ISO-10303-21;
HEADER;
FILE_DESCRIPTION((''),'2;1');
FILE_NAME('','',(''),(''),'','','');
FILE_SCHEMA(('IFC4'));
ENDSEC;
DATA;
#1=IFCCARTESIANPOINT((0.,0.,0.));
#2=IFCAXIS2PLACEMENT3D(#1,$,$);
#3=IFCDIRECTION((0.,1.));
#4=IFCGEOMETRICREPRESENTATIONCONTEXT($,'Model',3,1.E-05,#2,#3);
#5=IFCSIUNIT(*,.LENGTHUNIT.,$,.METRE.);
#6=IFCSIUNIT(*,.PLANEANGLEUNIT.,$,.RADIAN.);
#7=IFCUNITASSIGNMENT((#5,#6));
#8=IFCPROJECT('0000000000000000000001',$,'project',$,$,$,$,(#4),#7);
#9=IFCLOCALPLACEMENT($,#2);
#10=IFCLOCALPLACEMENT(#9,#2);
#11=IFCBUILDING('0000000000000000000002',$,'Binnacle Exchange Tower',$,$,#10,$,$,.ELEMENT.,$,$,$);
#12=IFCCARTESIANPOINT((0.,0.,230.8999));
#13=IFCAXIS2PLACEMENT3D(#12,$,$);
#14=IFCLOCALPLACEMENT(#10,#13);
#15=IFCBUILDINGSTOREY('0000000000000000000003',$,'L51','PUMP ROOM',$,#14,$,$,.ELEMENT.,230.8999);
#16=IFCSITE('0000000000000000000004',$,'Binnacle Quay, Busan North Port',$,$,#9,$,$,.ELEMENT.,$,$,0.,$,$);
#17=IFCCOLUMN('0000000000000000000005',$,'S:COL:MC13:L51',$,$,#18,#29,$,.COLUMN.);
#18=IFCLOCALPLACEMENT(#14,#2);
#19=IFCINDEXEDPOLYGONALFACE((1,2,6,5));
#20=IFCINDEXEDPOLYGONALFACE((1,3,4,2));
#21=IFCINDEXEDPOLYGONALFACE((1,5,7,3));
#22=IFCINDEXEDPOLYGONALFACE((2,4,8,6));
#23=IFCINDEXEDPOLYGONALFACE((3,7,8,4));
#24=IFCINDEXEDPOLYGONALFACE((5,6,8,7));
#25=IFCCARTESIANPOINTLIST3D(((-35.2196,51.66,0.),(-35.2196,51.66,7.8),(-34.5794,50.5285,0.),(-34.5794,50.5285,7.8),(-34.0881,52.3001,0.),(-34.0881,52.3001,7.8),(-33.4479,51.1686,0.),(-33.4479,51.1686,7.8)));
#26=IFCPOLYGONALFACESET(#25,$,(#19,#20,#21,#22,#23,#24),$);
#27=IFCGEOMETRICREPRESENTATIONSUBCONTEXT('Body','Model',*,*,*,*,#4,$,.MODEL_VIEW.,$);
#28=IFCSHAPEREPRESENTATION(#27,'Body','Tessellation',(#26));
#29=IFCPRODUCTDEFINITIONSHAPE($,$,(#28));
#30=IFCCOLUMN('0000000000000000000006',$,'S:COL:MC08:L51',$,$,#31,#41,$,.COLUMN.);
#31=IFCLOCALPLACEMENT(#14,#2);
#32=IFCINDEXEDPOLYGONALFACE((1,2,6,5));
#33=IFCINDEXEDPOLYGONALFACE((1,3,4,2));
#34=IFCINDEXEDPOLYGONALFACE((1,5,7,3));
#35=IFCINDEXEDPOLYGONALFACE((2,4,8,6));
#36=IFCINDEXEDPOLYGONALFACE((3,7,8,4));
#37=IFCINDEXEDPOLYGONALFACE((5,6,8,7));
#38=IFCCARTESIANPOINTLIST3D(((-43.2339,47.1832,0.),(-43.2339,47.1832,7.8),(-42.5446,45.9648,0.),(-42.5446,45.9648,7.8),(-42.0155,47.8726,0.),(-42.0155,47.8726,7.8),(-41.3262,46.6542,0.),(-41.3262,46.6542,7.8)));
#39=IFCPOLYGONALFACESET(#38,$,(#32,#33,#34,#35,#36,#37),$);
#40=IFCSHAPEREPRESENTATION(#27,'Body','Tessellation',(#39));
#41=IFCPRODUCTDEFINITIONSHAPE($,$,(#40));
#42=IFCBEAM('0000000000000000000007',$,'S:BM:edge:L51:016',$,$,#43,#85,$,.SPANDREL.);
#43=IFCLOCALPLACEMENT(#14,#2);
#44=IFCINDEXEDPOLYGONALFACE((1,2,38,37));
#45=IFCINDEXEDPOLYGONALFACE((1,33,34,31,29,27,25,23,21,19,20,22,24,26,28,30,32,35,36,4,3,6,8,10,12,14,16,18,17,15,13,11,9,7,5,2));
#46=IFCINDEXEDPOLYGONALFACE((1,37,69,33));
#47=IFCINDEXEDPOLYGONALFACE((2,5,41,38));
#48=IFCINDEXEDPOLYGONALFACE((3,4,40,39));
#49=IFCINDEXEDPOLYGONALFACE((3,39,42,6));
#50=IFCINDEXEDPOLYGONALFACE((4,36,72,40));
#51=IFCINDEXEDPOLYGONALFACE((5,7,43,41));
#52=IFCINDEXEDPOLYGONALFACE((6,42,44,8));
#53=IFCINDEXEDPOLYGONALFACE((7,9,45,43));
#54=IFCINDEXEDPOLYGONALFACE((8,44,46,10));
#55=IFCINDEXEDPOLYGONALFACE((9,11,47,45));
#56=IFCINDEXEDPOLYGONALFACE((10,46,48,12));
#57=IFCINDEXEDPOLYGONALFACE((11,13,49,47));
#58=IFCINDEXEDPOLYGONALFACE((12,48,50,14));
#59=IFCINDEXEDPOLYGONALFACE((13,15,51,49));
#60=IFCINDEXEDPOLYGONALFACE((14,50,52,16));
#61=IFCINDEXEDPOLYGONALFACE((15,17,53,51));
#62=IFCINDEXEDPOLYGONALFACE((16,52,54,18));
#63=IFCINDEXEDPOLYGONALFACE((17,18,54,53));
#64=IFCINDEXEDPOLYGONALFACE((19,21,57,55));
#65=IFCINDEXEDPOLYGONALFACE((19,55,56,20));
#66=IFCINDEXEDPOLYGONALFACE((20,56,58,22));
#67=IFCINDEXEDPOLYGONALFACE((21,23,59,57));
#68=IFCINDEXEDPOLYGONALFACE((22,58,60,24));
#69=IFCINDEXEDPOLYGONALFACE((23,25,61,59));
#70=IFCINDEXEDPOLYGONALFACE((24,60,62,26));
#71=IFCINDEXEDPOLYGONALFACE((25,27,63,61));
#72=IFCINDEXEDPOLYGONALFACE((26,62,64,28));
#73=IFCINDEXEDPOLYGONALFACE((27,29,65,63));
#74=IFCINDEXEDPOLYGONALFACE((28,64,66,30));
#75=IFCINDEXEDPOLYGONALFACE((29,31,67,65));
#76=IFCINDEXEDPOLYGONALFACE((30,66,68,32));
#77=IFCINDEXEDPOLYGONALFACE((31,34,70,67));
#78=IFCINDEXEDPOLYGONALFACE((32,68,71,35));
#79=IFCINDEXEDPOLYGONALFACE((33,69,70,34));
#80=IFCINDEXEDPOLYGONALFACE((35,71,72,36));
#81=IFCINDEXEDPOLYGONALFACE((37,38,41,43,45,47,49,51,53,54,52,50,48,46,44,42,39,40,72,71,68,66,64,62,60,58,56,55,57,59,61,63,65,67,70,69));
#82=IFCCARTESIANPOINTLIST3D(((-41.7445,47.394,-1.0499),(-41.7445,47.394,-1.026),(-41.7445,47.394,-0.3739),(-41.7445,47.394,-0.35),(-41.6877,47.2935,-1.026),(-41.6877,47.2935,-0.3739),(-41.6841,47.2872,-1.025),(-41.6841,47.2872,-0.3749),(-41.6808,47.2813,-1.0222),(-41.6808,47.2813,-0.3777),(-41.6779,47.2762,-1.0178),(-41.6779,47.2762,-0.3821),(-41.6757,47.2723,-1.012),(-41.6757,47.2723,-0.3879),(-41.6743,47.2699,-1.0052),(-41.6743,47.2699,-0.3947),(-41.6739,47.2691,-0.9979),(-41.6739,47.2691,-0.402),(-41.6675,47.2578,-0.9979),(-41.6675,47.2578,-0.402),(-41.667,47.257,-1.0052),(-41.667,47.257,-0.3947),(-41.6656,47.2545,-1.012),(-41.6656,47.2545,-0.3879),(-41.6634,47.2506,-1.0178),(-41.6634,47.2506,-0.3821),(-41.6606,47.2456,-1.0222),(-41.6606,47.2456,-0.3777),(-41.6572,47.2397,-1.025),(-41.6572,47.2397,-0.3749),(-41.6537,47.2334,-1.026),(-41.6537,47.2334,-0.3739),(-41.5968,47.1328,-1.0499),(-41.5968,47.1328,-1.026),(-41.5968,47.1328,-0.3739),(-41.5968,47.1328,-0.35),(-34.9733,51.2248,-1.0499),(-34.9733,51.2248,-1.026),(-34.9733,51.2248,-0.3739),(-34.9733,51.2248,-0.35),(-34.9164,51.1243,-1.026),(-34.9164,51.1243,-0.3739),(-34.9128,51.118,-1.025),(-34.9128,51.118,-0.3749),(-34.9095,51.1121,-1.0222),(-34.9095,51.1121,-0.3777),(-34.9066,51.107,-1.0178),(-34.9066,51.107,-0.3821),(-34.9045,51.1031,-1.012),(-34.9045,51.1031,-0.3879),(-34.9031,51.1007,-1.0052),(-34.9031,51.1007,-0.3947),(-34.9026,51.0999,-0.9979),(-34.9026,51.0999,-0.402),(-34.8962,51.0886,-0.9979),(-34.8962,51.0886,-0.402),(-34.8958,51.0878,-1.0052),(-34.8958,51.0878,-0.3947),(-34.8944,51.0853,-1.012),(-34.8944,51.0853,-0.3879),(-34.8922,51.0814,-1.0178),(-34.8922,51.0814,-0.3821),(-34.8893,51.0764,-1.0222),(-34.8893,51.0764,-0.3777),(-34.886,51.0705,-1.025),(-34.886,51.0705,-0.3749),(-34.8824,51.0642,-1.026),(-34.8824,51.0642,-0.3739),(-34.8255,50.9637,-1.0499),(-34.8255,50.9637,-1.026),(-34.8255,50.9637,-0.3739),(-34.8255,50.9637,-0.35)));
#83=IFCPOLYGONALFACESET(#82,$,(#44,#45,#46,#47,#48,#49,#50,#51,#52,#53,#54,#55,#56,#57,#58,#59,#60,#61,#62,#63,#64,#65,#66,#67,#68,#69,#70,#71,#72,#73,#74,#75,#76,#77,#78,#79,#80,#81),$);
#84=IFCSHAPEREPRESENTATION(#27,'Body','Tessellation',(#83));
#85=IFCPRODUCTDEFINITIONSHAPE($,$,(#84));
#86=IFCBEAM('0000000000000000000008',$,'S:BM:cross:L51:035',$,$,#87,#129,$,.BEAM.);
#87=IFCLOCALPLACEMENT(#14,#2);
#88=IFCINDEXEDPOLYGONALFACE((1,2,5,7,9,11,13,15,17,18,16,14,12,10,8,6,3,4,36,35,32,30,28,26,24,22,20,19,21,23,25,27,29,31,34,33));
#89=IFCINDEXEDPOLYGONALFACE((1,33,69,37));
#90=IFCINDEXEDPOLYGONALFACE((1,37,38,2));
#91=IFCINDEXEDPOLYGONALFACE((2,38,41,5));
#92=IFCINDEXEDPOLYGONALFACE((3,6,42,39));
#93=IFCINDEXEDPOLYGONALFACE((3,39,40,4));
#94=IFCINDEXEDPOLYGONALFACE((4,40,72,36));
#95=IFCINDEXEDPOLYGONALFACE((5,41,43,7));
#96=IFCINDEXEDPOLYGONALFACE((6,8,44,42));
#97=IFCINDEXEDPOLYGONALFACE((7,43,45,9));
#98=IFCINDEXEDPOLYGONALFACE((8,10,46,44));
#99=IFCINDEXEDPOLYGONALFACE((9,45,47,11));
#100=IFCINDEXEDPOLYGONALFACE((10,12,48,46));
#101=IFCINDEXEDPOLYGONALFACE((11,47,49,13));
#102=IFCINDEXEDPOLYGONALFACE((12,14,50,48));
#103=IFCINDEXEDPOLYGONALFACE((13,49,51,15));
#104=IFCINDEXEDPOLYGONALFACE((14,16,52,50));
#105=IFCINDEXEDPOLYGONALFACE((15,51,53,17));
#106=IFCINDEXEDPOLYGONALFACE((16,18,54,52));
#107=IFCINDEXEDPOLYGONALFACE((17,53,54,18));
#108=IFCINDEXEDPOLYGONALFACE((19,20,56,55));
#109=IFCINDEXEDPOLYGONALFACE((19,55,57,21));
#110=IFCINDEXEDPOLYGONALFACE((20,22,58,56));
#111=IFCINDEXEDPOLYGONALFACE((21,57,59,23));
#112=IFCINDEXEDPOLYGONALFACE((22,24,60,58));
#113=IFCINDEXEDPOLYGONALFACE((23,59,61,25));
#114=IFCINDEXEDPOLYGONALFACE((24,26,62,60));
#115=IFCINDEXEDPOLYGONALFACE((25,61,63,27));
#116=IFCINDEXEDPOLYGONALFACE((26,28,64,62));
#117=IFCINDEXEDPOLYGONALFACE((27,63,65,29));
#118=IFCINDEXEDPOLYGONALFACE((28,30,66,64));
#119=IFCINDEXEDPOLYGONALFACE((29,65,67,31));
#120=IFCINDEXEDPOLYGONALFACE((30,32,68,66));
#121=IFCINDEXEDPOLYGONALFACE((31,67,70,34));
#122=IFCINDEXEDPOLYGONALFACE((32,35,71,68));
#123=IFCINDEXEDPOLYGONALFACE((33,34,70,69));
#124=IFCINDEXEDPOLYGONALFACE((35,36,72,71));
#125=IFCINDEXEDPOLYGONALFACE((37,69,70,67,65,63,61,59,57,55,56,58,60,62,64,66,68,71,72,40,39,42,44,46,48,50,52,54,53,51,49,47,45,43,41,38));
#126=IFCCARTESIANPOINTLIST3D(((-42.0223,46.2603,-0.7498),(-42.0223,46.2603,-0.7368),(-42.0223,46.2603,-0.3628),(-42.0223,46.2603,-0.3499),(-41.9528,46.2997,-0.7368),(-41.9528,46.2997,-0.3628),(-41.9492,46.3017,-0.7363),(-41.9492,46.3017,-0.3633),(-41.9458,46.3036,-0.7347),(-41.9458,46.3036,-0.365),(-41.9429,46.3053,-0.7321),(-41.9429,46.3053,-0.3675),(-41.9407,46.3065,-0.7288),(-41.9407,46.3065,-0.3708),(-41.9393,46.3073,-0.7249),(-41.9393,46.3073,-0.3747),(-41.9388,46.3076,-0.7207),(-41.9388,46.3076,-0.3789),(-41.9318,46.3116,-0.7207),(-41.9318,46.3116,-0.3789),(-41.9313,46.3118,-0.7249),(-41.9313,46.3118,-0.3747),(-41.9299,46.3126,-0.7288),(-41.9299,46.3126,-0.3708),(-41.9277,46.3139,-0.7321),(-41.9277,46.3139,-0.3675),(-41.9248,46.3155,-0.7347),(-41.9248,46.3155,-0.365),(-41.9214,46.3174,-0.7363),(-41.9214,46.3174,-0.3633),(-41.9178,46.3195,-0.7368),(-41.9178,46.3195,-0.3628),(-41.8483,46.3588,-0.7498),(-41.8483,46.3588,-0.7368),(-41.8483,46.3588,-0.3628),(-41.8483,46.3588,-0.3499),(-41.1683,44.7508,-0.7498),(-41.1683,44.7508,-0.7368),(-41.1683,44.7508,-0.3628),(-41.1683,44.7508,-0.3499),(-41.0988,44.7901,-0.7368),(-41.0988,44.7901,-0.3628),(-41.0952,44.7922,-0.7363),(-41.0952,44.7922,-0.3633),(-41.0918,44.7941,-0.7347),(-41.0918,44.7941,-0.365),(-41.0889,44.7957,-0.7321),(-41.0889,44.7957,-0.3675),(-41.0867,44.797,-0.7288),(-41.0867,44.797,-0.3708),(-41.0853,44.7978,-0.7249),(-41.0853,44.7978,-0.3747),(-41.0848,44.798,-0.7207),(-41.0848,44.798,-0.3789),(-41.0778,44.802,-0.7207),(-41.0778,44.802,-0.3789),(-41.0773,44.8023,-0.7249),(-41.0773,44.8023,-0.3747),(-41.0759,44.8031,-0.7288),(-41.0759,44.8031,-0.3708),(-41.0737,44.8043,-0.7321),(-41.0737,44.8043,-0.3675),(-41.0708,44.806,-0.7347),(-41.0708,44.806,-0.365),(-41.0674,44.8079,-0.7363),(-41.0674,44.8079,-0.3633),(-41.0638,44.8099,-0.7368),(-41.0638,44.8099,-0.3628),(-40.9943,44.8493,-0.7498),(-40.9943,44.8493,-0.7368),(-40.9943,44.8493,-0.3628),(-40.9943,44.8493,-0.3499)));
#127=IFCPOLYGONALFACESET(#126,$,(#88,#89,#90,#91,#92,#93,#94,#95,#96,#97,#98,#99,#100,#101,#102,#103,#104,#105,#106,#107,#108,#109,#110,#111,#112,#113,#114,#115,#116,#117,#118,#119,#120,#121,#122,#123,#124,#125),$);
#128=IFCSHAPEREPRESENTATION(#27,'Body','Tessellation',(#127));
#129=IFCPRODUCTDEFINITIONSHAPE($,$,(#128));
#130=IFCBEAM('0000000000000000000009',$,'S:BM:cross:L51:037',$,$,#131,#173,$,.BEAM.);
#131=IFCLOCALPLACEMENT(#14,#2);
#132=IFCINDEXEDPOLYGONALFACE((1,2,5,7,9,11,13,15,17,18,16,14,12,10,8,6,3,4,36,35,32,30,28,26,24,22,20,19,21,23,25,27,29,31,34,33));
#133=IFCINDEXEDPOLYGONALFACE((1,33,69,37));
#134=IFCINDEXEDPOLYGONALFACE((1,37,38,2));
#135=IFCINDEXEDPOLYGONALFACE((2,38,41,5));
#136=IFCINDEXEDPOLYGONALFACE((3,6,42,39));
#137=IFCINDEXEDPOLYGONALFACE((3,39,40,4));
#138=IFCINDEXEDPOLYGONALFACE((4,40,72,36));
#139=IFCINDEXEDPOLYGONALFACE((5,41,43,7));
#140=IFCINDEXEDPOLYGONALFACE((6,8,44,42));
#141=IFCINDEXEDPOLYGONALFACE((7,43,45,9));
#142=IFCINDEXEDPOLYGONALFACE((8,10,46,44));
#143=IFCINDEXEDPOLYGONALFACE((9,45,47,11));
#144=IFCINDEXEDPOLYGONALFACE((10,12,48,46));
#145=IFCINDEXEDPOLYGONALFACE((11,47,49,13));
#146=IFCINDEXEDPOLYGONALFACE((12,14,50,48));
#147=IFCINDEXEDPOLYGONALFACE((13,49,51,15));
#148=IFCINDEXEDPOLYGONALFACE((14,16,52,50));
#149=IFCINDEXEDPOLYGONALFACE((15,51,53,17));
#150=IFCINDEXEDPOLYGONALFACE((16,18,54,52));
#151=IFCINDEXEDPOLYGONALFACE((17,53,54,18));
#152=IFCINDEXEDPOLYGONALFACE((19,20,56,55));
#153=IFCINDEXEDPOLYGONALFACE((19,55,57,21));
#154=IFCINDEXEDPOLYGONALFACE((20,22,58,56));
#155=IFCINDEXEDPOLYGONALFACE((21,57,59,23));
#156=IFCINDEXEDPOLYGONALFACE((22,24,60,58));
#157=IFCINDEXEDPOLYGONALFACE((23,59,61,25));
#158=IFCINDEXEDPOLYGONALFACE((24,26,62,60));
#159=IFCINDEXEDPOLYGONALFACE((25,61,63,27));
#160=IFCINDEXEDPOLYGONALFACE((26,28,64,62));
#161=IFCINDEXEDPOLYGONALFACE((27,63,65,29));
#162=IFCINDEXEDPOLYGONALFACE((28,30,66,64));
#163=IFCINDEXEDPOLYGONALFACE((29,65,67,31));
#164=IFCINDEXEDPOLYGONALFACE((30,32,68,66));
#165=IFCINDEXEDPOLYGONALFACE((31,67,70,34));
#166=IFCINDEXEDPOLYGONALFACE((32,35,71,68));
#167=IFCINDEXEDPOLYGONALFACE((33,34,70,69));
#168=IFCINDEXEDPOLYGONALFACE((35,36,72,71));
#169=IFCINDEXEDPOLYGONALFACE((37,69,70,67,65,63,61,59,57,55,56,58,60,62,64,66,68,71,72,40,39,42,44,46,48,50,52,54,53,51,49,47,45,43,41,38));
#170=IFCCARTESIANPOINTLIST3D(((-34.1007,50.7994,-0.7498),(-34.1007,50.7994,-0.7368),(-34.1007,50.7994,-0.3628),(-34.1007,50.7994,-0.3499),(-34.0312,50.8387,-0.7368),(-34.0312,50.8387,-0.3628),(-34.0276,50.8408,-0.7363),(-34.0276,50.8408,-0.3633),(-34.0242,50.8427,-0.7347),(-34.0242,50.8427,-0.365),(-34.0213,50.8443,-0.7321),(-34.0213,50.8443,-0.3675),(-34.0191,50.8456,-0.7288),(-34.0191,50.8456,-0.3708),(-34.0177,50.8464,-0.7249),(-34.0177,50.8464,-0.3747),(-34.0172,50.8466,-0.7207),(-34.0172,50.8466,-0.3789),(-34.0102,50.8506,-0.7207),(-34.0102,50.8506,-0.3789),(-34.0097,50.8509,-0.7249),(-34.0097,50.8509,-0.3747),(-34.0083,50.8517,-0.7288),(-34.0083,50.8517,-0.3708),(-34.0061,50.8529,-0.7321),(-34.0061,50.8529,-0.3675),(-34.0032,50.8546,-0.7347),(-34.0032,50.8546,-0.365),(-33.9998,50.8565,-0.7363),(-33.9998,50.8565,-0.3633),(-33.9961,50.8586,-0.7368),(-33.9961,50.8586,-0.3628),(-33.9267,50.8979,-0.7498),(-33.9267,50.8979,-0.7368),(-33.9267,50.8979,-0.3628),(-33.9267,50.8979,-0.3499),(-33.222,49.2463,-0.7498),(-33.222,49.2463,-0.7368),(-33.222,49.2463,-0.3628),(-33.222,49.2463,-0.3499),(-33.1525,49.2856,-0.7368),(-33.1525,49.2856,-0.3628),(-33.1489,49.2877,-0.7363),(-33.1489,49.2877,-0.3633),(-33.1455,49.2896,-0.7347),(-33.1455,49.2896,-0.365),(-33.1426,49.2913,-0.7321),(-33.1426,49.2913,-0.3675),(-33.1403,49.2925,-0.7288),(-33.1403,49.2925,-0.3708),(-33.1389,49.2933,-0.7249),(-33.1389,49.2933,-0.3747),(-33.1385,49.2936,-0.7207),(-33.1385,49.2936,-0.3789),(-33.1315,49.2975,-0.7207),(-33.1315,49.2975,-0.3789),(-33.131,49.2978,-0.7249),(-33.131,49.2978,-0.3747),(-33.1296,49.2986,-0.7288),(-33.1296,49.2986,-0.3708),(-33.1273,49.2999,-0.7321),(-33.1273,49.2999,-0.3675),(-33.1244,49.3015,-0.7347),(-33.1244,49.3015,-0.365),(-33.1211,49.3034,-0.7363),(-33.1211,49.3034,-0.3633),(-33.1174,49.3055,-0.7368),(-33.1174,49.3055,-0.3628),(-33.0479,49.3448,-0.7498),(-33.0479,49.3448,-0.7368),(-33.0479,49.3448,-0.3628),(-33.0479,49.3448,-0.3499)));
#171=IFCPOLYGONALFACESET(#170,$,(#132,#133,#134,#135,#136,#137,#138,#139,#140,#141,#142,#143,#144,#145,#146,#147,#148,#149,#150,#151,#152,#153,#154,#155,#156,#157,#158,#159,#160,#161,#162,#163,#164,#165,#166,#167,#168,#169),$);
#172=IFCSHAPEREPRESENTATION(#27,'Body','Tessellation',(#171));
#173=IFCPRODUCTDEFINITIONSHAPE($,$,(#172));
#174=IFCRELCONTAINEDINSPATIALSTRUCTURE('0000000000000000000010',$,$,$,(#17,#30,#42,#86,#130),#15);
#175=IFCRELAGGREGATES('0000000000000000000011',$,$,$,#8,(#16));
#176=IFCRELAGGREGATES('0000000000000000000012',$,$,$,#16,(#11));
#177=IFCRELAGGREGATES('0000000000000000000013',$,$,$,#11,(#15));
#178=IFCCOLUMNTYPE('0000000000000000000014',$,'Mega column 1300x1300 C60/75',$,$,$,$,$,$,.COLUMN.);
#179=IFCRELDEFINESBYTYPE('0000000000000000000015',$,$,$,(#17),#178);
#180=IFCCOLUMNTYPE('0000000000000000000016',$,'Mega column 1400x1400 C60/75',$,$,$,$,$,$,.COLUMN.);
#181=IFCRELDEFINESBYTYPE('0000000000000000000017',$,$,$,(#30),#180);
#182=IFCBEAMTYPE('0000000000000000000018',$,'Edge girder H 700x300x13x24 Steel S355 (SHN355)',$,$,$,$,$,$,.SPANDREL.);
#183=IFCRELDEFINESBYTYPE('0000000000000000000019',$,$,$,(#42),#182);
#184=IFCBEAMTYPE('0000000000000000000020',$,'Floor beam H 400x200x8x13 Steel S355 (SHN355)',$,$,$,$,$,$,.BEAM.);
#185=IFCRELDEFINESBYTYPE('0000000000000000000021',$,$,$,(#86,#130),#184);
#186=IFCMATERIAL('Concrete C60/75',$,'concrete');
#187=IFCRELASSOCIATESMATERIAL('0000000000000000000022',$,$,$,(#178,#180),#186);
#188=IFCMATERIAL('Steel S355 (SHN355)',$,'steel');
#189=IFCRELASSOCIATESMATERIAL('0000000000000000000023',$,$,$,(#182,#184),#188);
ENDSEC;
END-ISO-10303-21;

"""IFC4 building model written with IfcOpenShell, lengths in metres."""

from ifc_helpers import new_model, si_unit, direction, frame, origin, origin_2d, place, context, subcontext, project, spatial, rectangle, i_section, extrude, material, material_profile, profile_set, type_object, element, save


model = new_model("IFC4")

# Units and contexts
model_context = context("Model", 3, precision=1e-05, world=origin(), true_north=direction((0.0, 1.0)))
body_context = subcontext(model_context, "Body", "Model", "MODEL_VIEW")
ifc_project = project(units=[si_unit("LENGTHUNIT", "METRE"), si_unit("PLANEANGLEUNIT", "RADIAN")], contexts=[model_context])

# Site, building, storey
site_placement = place(None, origin())
site = spatial("IfcSite", under=ifc_project, at=site_placement, Name="Binnacle Quay, Busan North Port", CompositionType="ELEMENT", RefElevation=0.0)
building_placement = place(site_placement, origin())
building = spatial("IfcBuilding", under=site, at=building_placement, Name="Binnacle Exchange Tower", CompositionType="ELEMENT")
storey_placement = place(building_placement, frame((0.0, 0.0, 230.8999)))
storey = spatial("IfcBuildingStorey", under=building, at=storey_placement, Name="L51", Description="PUMP ROOM", CompositionType="ELEMENT", Elevation=230.8999)

# Columns
ifc_material_1 = material(Name="Concrete C60/75", Category="concrete")
ifc_material_profile_1 = material_profile(ifc_material_1, rectangle(XDim=1.3, YDim=1.3, at=origin_2d()), Name="Mega column 1300x1300 C60/75")
ifc_profile_set_1 = profile_set([ifc_material_profile_1], Name="Concrete C60/75")
column_type_1 = type_object("IfcColumnType", Name="Mega column 1300x1300 C60/75", PredefinedType="COLUMN", material=ifc_profile_set_1)
column_1_placement = place(storey_placement, frame((-34.3337, 51.4143, 0.0), z_axis=(0.0, 0.0, 1.0), x_axis=(-0.870356, -0.492424, 0.0)))
element("IfcColumn", 1, at=column_1_placement, inside=storey, type_object=column_type_1, Name="S:COL:MC13:L51", PredefinedType="COLUMN", context=body_context, shape_type="SweptSolid", body=[
    extrude(rectangle(XDim=1.3, YDim=1.3, at=origin_2d()), origin(), (0.0, 0.0, 1.0), 7.8),
])
ifc_material_profile_2 = material_profile(ifc_material_1, rectangle(XDim=1.3999, YDim=1.3999, at=origin_2d()), Name="Mega column 1400x1400 C60/75")
ifc_profile_set_2 = profile_set([ifc_material_profile_2], Name="Concrete C60/75")
column_type_2 = type_object("IfcColumnType", Name="Mega column 1400x1400 C60/75", PredefinedType="COLUMN", material=ifc_profile_set_2)
column_2_placement = place(storey_placement, frame((-42.28, 46.9187, 0.0), z_axis=(0.0, 0.0, 1.0), x_axis=(-0.870356, -0.492424, 0.0)))
element("IfcColumn", 2, at=column_2_placement, inside=storey, type_object=column_type_2, Name="S:COL:MC08:L51", PredefinedType="COLUMN", context=body_context, shape_type="SweptSolid", body=[
    extrude(rectangle(XDim=1.3999, YDim=1.3999, at=origin_2d()), origin(), (0.0, 0.0, 1.0), 7.8),
])

# Beams
ifc_material_2 = material(Name="Steel S355 (SHN355)", Category="steel")
ifc_material_profile_3 = material_profile(ifc_material_2, i_section(OverallWidth=0.3, OverallDepth=0.7, WebThickness=0.0129, FlangeThickness=0.0239, FilletRadius=0.0281, at=origin_2d()), Name="H 700x300x13x24")
ifc_profile_set_3 = profile_set([ifc_material_profile_3], Name="Steel S355 (SHN355)")
beam_type_1 = type_object("IfcBeamType", Name="Edge girder H 700x300x13x24 Steel S355 (SHN355)", PredefinedType="SPANDREL", material=ifc_profile_set_3)
beam_1_placement = place(storey_placement, frame((-34.8994, 51.0942, -0.7), z_axis=(-0.870365, -0.492407, 0.0), x_axis=(0.492407, -0.870365, 0.0)))
element("IfcBeam", 3, at=beam_1_placement, inside=storey, type_object=beam_type_1, Name="S:BM:edge:L51:016", PredefinedType="SPANDREL", context=body_context, shape_type="SweptSolid", body=[
    extrude(i_section(OverallWidth=0.3, OverallDepth=0.7, WebThickness=0.0129, FlangeThickness=0.0239, FilletRadius=0.0281, at=origin_2d()), origin(), (0.0, 0.0, 1.0), 7.7798),
])
ifc_material_profile_4 = material_profile(ifc_material_2, i_section(OverallWidth=0.2, OverallDepth=0.3999, WebThickness=0.0081, FlangeThickness=0.0129, FilletRadius=0.0161, at=origin_2d()), Name="H 400x200x8x13")
ifc_profile_set_4 = profile_set([ifc_material_profile_4], Name="Steel S355 (SHN355)")
beam_type_2 = type_object("IfcBeamType", Name="Floor beam H 400x200x8x13 Steel S355 (SHN355)", PredefinedType="BEAM", material=ifc_profile_set_4)
beam_2_placement = place(storey_placement, frame((-41.9353, 46.3096, -0.5498), z_axis=(0.492405, -0.870366, 0.0), x_axis=(0.870366, 0.492405, 0.0)))
element("IfcBeam", 4, at=beam_2_placement, inside=storey, type_object=beam_type_2, Name="S:BM:cross:L51:035", PredefinedType="BEAM", context=body_context, shape_type="SweptSolid", body=[
    extrude(i_section(OverallWidth=0.2, OverallDepth=0.3999, WebThickness=0.0081, FlangeThickness=0.0129, FilletRadius=0.0161, at=origin_2d()), origin(), (0.0, 0.0, 1.0), 1.7344),
])
beam_3_placement = place(storey_placement, frame((-34.0137, 50.8486, -0.5498), z_axis=(0.492436, -0.870349, 0.0), x_axis=(0.870349, 0.492436, 0.0)))
element("IfcBeam", 5, at=beam_3_placement, inside=storey, type_object=beam_type_2, Name="S:BM:cross:L51:037", PredefinedType="BEAM", context=body_context, shape_type="SweptSolid", body=[
    extrude(i_section(OverallWidth=0.2, OverallDepth=0.3999, WebThickness=0.0081, FlangeThickness=0.0129, FilletRadius=0.0161, at=origin_2d()), origin(), (0.0, 0.0, 1.0), 1.7844),
])

save(model, "model.ifc")
